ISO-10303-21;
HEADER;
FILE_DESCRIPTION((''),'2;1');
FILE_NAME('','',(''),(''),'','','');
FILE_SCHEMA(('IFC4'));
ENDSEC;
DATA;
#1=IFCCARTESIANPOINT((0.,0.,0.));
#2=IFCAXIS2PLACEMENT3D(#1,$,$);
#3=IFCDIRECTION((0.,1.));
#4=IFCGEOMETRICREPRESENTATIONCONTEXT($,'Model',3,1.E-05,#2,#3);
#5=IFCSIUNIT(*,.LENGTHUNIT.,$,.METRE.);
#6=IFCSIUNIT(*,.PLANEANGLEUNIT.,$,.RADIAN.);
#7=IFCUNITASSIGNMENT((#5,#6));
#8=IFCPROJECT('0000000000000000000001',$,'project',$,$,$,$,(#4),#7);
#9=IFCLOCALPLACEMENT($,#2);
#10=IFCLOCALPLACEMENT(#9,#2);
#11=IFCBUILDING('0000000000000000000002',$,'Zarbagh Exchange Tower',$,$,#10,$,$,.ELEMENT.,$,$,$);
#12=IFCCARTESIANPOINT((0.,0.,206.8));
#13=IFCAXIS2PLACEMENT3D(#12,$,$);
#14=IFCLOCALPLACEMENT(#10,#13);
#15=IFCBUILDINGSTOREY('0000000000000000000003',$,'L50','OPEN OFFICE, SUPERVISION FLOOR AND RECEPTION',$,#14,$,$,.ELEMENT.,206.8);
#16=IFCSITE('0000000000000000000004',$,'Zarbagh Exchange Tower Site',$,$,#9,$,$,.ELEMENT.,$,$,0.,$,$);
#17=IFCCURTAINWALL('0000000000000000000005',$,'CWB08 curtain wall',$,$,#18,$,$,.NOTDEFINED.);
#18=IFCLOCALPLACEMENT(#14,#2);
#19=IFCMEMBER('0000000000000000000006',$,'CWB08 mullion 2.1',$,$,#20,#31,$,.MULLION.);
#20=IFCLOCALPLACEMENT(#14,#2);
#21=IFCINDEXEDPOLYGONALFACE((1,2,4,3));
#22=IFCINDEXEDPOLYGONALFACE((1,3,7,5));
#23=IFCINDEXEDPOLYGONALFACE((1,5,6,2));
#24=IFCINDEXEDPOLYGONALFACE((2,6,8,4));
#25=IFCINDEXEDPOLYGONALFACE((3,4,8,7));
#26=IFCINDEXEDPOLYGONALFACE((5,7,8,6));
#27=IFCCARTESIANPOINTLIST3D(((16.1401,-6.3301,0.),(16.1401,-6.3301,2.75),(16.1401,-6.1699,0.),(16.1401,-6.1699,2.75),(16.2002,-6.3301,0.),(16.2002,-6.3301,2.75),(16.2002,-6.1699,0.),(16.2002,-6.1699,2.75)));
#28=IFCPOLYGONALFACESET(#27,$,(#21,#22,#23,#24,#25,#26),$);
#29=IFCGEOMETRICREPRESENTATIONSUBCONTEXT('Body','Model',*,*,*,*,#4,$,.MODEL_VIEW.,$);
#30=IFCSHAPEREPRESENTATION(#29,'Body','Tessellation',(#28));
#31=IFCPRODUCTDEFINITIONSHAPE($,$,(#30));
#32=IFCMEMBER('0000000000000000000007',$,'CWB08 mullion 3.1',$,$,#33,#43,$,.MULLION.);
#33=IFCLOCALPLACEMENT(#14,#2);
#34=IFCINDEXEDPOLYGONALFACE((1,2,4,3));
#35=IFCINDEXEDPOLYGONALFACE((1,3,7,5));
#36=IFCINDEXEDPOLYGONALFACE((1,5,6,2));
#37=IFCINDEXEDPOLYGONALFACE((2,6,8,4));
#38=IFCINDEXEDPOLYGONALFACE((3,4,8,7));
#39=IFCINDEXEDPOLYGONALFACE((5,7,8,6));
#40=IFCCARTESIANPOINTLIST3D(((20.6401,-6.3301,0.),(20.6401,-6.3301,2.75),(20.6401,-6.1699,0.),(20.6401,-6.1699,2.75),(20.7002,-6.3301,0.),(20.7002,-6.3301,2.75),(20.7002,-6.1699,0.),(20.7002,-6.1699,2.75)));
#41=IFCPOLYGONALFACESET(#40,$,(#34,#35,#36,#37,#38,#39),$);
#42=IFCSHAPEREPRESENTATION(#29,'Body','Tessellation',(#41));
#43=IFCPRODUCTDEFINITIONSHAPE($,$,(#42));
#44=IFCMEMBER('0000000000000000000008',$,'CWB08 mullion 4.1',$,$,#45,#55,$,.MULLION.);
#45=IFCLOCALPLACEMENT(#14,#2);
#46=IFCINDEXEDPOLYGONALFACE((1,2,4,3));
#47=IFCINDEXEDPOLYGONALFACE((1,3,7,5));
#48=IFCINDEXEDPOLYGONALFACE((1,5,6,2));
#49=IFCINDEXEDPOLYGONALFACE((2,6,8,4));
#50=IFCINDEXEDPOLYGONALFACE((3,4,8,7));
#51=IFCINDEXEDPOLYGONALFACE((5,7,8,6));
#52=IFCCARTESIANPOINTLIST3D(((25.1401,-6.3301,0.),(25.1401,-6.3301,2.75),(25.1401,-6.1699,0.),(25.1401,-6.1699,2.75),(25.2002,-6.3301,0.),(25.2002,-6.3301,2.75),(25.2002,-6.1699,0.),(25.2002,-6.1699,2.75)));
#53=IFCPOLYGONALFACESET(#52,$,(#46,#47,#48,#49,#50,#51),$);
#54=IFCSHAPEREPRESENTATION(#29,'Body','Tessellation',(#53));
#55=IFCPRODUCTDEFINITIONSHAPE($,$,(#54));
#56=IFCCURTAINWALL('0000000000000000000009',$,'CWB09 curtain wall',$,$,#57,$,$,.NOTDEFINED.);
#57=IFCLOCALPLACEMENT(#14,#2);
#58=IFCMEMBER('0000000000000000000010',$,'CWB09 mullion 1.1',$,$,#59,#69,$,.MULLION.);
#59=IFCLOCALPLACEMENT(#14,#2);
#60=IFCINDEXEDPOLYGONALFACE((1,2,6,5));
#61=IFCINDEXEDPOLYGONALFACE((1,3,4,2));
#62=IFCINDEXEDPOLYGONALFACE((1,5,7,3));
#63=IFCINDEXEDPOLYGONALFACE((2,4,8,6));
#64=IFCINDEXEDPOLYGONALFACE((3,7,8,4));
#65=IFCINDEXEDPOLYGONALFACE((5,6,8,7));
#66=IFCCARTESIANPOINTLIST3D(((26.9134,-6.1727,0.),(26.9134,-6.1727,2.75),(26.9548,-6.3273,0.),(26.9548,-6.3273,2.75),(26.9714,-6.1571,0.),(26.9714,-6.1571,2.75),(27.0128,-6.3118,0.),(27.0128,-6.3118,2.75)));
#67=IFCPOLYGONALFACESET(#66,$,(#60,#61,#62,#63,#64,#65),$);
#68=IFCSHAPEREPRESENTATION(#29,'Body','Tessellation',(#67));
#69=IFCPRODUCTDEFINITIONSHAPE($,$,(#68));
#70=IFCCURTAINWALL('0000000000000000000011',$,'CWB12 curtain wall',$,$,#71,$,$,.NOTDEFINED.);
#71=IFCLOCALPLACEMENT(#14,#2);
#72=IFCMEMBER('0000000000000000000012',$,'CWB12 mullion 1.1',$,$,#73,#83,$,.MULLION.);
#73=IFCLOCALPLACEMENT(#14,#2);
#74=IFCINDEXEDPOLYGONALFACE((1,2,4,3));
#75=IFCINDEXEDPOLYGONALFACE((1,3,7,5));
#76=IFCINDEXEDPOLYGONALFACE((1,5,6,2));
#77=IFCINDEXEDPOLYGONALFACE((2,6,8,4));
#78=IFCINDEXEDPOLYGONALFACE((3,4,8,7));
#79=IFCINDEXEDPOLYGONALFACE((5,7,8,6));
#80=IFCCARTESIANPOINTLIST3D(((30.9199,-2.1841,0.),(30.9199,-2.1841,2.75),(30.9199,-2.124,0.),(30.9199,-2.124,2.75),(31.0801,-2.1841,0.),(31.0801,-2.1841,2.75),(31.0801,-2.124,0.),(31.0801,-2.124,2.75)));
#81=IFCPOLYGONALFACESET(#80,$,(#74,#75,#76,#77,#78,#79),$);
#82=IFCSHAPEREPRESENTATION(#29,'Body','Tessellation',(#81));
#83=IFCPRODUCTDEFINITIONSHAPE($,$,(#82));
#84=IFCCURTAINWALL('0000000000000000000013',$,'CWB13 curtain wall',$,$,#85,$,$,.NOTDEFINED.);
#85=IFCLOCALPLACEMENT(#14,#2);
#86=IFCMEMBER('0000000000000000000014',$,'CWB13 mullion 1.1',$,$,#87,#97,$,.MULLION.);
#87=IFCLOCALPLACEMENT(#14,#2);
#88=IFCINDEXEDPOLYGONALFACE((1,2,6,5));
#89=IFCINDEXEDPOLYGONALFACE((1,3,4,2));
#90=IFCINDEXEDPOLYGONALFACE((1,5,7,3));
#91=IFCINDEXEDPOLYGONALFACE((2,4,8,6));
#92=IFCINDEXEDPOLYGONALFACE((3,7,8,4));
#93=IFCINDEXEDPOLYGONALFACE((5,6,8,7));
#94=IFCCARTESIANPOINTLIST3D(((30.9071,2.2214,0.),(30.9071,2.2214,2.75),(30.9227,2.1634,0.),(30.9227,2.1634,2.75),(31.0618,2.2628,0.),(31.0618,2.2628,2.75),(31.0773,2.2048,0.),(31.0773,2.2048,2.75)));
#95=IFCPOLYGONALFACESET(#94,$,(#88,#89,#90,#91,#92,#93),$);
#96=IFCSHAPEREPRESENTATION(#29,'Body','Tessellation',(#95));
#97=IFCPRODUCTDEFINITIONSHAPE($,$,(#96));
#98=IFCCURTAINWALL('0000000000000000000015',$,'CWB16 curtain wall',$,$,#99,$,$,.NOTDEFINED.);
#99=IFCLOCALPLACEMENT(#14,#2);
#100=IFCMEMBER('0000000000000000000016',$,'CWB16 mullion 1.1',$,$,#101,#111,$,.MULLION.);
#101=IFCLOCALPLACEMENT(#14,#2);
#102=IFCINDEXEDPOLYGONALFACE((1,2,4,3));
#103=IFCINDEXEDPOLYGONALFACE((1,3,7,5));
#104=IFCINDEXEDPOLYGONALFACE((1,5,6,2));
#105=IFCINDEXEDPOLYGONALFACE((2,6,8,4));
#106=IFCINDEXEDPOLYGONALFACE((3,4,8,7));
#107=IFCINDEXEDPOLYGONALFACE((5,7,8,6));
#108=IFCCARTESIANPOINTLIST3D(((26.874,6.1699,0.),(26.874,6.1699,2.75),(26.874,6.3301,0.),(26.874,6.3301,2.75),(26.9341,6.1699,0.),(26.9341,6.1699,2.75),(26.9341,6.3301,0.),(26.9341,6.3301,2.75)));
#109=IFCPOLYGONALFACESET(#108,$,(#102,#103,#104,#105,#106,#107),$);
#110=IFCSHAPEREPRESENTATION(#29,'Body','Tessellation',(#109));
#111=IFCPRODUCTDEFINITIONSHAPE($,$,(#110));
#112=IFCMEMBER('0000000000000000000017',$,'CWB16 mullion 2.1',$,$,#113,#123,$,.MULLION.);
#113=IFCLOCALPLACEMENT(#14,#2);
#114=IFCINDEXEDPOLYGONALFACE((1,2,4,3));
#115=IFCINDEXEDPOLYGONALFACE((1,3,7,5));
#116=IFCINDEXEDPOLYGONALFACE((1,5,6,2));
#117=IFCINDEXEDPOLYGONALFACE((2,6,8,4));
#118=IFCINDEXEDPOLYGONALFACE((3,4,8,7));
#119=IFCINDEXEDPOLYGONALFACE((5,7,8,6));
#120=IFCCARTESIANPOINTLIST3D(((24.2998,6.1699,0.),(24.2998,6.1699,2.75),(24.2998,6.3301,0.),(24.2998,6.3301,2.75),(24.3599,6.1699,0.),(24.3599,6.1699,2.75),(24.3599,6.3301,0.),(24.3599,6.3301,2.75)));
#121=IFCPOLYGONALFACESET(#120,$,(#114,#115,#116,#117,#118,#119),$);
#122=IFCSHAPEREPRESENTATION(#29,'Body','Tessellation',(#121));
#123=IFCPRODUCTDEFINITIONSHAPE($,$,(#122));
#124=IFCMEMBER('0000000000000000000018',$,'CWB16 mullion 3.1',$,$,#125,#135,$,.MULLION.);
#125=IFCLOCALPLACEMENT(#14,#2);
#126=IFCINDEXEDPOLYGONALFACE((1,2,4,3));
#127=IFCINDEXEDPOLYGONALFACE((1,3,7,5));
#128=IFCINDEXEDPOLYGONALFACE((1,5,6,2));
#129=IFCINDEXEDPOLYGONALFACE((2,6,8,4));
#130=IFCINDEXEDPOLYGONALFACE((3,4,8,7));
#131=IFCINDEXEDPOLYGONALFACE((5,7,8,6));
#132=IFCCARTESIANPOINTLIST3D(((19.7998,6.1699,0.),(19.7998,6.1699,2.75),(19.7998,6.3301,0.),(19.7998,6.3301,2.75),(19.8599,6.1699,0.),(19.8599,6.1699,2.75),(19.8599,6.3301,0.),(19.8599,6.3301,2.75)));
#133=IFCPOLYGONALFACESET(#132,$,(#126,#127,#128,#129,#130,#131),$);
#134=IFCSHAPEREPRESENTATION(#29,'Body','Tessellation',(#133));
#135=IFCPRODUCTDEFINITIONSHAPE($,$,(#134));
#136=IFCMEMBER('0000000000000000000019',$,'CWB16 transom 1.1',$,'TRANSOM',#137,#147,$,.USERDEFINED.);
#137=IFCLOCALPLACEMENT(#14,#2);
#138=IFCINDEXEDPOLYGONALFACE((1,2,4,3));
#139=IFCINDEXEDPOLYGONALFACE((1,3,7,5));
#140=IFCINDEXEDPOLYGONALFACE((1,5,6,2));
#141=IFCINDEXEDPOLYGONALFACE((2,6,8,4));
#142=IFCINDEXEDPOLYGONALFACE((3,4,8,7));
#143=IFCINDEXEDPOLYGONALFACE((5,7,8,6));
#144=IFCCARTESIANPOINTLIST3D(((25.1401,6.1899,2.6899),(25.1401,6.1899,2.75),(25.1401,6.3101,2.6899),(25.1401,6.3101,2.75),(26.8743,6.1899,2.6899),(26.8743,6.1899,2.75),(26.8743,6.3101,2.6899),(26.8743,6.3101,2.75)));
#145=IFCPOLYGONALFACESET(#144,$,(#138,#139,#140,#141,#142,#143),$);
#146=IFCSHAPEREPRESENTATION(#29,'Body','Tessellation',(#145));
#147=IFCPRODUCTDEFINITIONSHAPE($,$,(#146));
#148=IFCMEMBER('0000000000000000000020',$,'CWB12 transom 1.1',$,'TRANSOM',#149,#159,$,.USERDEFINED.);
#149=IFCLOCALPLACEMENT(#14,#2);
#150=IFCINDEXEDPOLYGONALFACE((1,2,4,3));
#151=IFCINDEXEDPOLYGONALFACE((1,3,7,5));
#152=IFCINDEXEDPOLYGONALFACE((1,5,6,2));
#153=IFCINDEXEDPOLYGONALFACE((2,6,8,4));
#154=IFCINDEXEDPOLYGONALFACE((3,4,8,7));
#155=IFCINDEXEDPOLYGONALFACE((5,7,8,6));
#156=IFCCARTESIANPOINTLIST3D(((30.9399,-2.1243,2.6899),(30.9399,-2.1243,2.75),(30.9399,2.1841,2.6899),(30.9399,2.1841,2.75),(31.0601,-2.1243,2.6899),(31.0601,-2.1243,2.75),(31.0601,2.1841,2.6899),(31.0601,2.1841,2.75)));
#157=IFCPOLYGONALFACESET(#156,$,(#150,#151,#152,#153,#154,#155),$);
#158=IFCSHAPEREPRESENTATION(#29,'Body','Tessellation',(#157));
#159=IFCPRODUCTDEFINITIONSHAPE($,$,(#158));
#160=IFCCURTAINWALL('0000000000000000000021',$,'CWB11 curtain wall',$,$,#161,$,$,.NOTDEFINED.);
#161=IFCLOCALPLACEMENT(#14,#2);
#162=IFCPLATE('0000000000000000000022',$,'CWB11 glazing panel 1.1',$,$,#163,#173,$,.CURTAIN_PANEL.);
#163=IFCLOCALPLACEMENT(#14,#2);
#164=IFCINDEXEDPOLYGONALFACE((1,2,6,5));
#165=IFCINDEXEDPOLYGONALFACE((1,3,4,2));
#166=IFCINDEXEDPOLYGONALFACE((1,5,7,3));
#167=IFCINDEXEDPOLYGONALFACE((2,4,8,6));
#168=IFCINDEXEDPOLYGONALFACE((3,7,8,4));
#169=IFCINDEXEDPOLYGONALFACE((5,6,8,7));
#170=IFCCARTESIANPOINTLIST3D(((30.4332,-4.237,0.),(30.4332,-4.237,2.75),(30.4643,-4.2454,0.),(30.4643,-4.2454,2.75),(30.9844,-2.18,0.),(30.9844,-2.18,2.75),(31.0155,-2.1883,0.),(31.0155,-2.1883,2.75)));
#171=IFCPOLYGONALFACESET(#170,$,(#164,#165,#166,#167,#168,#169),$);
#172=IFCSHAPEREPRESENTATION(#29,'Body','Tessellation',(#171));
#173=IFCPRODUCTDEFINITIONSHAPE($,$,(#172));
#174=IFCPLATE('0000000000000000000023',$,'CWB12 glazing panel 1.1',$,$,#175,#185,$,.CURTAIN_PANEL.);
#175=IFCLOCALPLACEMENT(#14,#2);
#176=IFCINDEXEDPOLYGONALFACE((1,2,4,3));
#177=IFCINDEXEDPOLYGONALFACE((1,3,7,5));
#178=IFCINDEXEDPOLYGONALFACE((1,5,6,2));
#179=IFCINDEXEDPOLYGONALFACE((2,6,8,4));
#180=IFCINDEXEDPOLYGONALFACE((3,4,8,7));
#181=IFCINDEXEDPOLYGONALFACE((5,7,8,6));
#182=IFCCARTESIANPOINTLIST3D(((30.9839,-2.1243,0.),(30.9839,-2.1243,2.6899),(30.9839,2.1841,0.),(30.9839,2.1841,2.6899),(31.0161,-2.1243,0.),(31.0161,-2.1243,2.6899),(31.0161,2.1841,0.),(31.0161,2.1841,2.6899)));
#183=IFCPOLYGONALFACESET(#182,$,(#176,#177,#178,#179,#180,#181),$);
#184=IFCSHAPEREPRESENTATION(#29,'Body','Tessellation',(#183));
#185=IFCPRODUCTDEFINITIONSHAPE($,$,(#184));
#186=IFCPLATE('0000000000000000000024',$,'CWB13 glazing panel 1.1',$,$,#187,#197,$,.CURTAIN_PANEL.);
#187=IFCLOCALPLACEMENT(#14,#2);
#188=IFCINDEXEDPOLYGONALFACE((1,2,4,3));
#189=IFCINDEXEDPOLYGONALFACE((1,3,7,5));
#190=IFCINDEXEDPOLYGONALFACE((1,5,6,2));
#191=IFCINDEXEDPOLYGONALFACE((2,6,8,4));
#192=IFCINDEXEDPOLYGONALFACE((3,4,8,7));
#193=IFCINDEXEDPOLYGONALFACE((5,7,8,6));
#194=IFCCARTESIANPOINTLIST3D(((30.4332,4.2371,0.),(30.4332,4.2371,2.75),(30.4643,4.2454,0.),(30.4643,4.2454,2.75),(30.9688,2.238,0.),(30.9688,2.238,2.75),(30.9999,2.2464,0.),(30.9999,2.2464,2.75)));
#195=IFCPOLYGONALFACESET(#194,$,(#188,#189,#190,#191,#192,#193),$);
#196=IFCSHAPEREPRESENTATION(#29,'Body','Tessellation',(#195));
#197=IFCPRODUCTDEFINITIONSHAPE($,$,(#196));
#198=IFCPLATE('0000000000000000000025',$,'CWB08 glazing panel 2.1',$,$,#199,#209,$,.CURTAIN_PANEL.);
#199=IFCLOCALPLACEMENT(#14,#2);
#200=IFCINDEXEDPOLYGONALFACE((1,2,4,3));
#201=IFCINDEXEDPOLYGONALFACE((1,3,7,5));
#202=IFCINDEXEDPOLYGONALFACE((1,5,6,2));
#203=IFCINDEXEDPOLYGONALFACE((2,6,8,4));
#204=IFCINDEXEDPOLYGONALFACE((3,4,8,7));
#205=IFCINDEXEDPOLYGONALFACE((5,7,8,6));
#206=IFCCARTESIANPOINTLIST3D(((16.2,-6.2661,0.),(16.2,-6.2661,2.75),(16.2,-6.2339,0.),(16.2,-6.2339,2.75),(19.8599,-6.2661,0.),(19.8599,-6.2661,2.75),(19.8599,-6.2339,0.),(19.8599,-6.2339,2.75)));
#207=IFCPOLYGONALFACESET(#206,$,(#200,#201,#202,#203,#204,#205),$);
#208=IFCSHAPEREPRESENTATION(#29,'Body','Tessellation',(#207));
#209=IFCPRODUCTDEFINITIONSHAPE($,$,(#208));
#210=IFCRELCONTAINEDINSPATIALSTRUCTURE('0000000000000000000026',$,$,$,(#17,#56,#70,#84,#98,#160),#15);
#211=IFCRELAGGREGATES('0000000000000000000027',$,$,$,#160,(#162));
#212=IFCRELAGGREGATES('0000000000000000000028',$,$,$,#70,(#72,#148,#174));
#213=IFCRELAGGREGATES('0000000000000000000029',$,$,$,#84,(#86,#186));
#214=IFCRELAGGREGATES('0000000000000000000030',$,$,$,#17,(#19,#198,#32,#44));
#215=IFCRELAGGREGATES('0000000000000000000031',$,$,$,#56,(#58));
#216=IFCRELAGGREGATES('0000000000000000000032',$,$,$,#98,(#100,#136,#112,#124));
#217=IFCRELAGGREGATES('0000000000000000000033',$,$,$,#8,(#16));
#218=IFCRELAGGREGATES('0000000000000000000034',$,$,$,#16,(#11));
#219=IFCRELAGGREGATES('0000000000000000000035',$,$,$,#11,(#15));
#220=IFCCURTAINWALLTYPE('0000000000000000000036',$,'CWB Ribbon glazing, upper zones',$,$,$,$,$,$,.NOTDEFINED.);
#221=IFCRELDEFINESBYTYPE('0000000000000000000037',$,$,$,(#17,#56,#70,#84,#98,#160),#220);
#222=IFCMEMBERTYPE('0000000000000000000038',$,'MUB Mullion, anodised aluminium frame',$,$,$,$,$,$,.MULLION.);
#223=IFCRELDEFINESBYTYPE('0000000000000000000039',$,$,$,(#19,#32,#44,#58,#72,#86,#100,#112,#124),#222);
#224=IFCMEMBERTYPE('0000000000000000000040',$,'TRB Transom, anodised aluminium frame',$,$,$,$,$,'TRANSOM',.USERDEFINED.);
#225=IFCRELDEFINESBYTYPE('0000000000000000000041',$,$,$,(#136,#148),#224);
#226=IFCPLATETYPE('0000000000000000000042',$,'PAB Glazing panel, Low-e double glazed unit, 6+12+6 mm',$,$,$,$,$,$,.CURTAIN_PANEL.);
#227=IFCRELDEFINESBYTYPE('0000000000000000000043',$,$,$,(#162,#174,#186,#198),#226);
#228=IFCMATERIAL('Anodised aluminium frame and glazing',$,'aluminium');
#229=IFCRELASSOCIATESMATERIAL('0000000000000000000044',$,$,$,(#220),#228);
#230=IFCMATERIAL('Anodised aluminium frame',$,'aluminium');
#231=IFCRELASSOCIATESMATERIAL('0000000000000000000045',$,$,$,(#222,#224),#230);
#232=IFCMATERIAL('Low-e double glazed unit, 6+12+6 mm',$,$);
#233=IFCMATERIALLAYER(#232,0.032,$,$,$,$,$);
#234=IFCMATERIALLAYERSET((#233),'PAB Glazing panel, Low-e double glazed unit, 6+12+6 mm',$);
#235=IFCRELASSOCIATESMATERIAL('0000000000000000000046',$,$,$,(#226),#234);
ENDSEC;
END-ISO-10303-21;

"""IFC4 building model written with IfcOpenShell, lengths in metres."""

from ifc_helpers import new_model, si_unit, direction, frame, origin, place, context, subcontext, project, spatial, polyline, outline, extrude, source, transform, mapped, material, layer, layer_set, type_object, element, aggregate, save


model = new_model("IFC4")

# Units and contexts
model_context = context("Model", 3, precision=1e-05, world=origin(), true_north=direction((0.0, 1.0)))
body_context = subcontext(model_context, "Body", "Model", "MODEL_VIEW")
ifc_project = project(units=[si_unit("LENGTHUNIT", "METRE"), si_unit("PLANEANGLEUNIT", "RADIAN")], contexts=[model_context])

# Site, building, storey
site_placement = place(None, origin())
site = spatial("IfcSite", under=ifc_project, at=site_placement, Name="Zarbagh Exchange Tower Site", CompositionType="ELEMENT", RefElevation=0.0)
building_placement = place(site_placement, origin())
building = spatial("IfcBuilding", under=site, at=building_placement, Name="Zarbagh Exchange Tower", CompositionType="ELEMENT")
storey_placement = place(building_placement, frame((0.0, 0.0, 206.8)))
storey = spatial("IfcBuildingStorey", under=building, at=storey_placement, Name="L50", Description="OPEN OFFICE, SUPERVISION FLOOR AND RECEPTION", CompositionType="ELEMENT", Elevation=206.8)

# Curtain wall, members
ifc_material_1 = material(Name="Anodised aluminium frame and glazing", Category="aluminium")
curtain_wall_type = type_object("IfcCurtainWallType", Name="CWB Ribbon glazing, upper zones", PredefinedType="NOTDEFINED", material=ifc_material_1)
curtain_wall_1_placement = place(storey_placement, origin())
curtain_wall_1 = element("IfcCurtainWall", 1, at=curtain_wall_1_placement, inside=storey, type_object=curtain_wall_type, Name="CWB08 curtain wall", PredefinedType="NOTDEFINED")
ifc_material_2 = material(Name="Anodised aluminium frame", Category="aluminium")
member_type_1 = type_object("IfcMemberType", Name="MUB Mullion, anodised aluminium frame", PredefinedType="MULLION", material=ifc_material_2)
shared_shape_1 = source(origin(), body_context, "Body", "SweptSolid", [
    extrude(outline(polyline([(0.0, -0.0801), (0.0601, -0.0801), (0.0601, 0.0801), (0.0, 0.0801), (0.0, -0.0801)])), origin(), (0.0, 0.0, 1.0), 2.75),
])
placement = place(storey_placement, origin())
member_1 = element("IfcMember", 2, at=placement, type_object=member_type_1, Name="CWB08 mullion 2.1", PredefinedType="MULLION", context=body_context, shape_type="MappedRepresentation", body=[
    mapped(shared_shape_1, transform((16.1401, -6.25, 0.0), x_axis=(1.0, 0.0, 0.0), y_axis=(0.0, 1.0, 0.0), z_axis=(0.0, 0.0, 1.0))),
])
member_2 = element("IfcMember", 3, at=placement, type_object=member_type_1, Name="CWB08 mullion 3.1", PredefinedType="MULLION", context=body_context, shape_type="MappedRepresentation", body=[
    mapped(shared_shape_1, transform((20.6401, -6.25, 0.0), x_axis=(1.0, 0.0, 0.0), y_axis=(0.0, 1.0, 0.0), z_axis=(0.0, 0.0, 1.0))),
])
member_3 = element("IfcMember", 4, at=placement, type_object=member_type_1, Name="CWB08 mullion 4.1", PredefinedType="MULLION", context=body_context, shape_type="MappedRepresentation", body=[
    mapped(shared_shape_1, transform((25.1401, -6.25, 0.0), x_axis=(1.0, 0.0, 0.0), y_axis=(0.0, 1.0, 0.0), z_axis=(0.0, 0.0, 1.0))),
])

# Curtain walls, members
curtain_wall_2_placement = place(storey_placement, origin())
curtain_wall_2 = element("IfcCurtainWall", 5, at=curtain_wall_2_placement, inside=storey, type_object=curtain_wall_type, Name="CWB09 curtain wall", PredefinedType="NOTDEFINED")
member_4 = element("IfcMember", 6, at=placement, type_object=member_type_1, Name="CWB09 mullion 1.1", PredefinedType="MULLION", context=body_context, shape_type="MappedRepresentation", body=[
    mapped(shared_shape_1, transform((26.9341, -6.25, 0.0), x_axis=(0.965924, 0.258825, 0.0), y_axis=(-0.258825, 0.965924, 0.0), z_axis=(0.0, 0.0, 1.0))),
])
curtain_wall_3_placement = place(storey_placement, origin())
curtain_wall_3 = element("IfcCurtainWall", 7, at=curtain_wall_3_placement, inside=storey, type_object=curtain_wall_type, Name="CWB12 curtain wall", PredefinedType="NOTDEFINED")
member_5 = element("IfcMember", 8, at=placement, type_object=member_type_1, Name="CWB12 mullion 1.1", PredefinedType="MULLION", context=body_context, shape_type="MappedRepresentation", body=[
    mapped(shared_shape_1, transform((31.0, -2.1841, 0.0), x_axis=(0.0, 1.0, 0.0), y_axis=(-1.0, 0.0, 0.0), z_axis=(0.0, 0.0, 1.0))),
])
curtain_wall_4_placement = place(storey_placement, origin())
curtain_wall_4 = element("IfcCurtainWall", 9, at=curtain_wall_4_placement, inside=storey, type_object=curtain_wall_type, Name="CWB13 curtain wall", PredefinedType="NOTDEFINED")
member_6 = element("IfcMember", 10, at=placement, type_object=member_type_1, Name="CWB13 mullion 1.1", PredefinedType="MULLION", context=body_context, shape_type="MappedRepresentation", body=[
    mapped(shared_shape_1, transform((31.0, 2.1841, 0.0), x_axis=(-0.258825, 0.965924, 0.0), y_axis=(-0.965924, -0.258825, 0.0), z_axis=(0.0, 0.0, 1.0))),
])

# Curtain wall, members
curtain_wall_5_placement = place(storey_placement, origin())
curtain_wall_5 = element("IfcCurtainWall", 11, at=curtain_wall_5_placement, inside=storey, type_object=curtain_wall_type, Name="CWB16 curtain wall", PredefinedType="NOTDEFINED")
member_7 = element("IfcMember", 12, at=placement, type_object=member_type_1, Name="CWB16 mullion 1.1", PredefinedType="MULLION", context=body_context, shape_type="MappedRepresentation", body=[
    mapped(shared_shape_1, transform((26.9341, 6.25, 0.0), x_axis=(-1.0, 0.0, 0.0), y_axis=(0.0, -1.0, 0.0), z_axis=(0.0, 0.0, 1.0))),
])
member_8 = element("IfcMember", 13, at=placement, type_object=member_type_1, Name="CWB16 mullion 2.1", PredefinedType="MULLION", context=body_context, shape_type="MappedRepresentation", body=[
    mapped(shared_shape_1, transform((24.3599, 6.25, 0.0), x_axis=(-1.0, 0.0, 0.0), y_axis=(0.0, -1.0, 0.0), z_axis=(0.0, 0.0, 1.0))),
])
member_9 = element("IfcMember", 14, at=placement, type_object=member_type_1, Name="CWB16 mullion 3.1", PredefinedType="MULLION", context=body_context, shape_type="MappedRepresentation", body=[
    mapped(shared_shape_1, transform((19.8599, 6.25, 0.0), x_axis=(-1.0, 0.0, 0.0), y_axis=(0.0, -1.0, 0.0), z_axis=(0.0, 0.0, 1.0))),
])
member_type_2 = type_object("IfcMemberType", Name="TRB Transom, anodised aluminium frame", ElementType="TRANSOM", PredefinedType="USERDEFINED", material=ifc_material_2)
shared_shape_2 = source(origin(), body_context, "Body", "SweptSolid", [
    extrude(outline(polyline([(-0.0601, -0.0601), (0.0, -0.0601), (0.0, 0.0601), (-0.0601, 0.0601), (-0.0601, -0.0601)])), origin(), (0.0, 0.0, 1.0), 1.7341),
])
member_10 = element("IfcMember", 15, at=placement, type_object=member_type_2, Name="CWB16 transom 1.1", ObjectType="TRANSOM", PredefinedType="USERDEFINED", context=body_context, shape_type="MappedRepresentation", body=[
    mapped(shared_shape_2, transform((26.8743, 6.25, 2.75), x_axis=(0.0, 0.0, 1.0), y_axis=(0.0, 1.0, 0.0), z_axis=(-1.0, 0.0, 0.0))),
])

# Member
shared_shape_3 = source(origin(), body_context, "Body", "SweptSolid", [
    extrude(outline(polyline([(-0.0601, -0.0601), (0.0, -0.0601), (0.0, 0.0601), (-0.0601, 0.0601), (-0.0601, -0.0601)])), origin(), (0.0, 0.0, 1.0), 4.3083),
])
member_11 = element("IfcMember", 16, at=placement, type_object=member_type_2, Name="CWB12 transom 1.1", ObjectType="TRANSOM", PredefinedType="USERDEFINED", context=body_context, shape_type="MappedRepresentation", body=[
    mapped(shared_shape_3, transform((31.0, -2.1243, 2.75), x_axis=(0.0, 0.0, 1.0), y_axis=(1.0, 0.0, 0.0), z_axis=(0.0, 1.0, 0.0))),
])

# Curtain wall, plate
curtain_wall_6_placement = place(storey_placement, origin())
curtain_wall_6 = element("IfcCurtainWall", 17, at=curtain_wall_6_placement, inside=storey, type_object=curtain_wall_type, Name="CWB11 curtain wall", PredefinedType="NOTDEFINED")
ifc_material_3 = material(Name="Low-e double glazed unit, 6+12+6 mm")
ifc_layer = layer(ifc_material_3, 0.032)
ifc_layer_set = layer_set([ifc_layer], Name="PAB Glazing panel, Low-e double glazed unit, 6+12+6 mm")
plate_type = type_object("IfcPlateType", Name="PAB Glazing panel, Low-e double glazed unit, 6+12+6 mm", PredefinedType="CURTAIN_PANEL", material=ifc_layer_set)
shared_shape_4 = source(origin(), body_context, "Body", "SweptSolid", [
    extrude(outline(polyline([(0.0, -0.0161), (2.1296, -0.0161), (2.1296, 0.0161), (0.0, 0.0161), (0.0, -0.0161)])), origin(), (0.0, 0.0, 1.0), 2.75),
])
plate_1 = element("IfcPlate", 18, at=placement, type_object=plate_type, Name="CWB11 glazing panel 1.1", PredefinedType="CURTAIN_PANEL", context=body_context, shape_type="MappedRepresentation", body=[
    mapped(shared_shape_4, transform((30.4487, -4.2412, 0.0), x_axis=(0.258825, 0.965924, 0.0), y_axis=(-0.965924, 0.258825, 0.0), z_axis=(0.0, 0.0, 1.0))),
])
aggregate(curtain_wall_6, [plate_1])

# Plates
shared_shape_5 = source(origin(), body_context, "Body", "SweptSolid", [
    extrude(outline(polyline([(0.0, -0.0161), (4.3083, -0.0161), (4.3083, 0.0161), (0.0, 0.0161), (0.0, -0.0161)])), origin(), (0.0, 0.0, 1.0), 2.6899),
])
plate_2 = element("IfcPlate", 19, at=placement, type_object=plate_type, Name="CWB12 glazing panel 1.1", PredefinedType="CURTAIN_PANEL", context=body_context, shape_type="MappedRepresentation", body=[
    mapped(shared_shape_5, transform((31.0, -2.1243, 0.0), x_axis=(0.0, 1.0, 0.0), y_axis=(-1.0, 0.0, 0.0), z_axis=(0.0, 0.0, 1.0))),
])
aggregate(curtain_wall_3, [member_5, member_11, plate_2])
shared_shape_6 = source(origin(), body_context, "Body", "SweptSolid", [
    extrude(outline(polyline([(0.0, -0.0161), (2.0696, -0.0161), (2.0696, 0.0161), (0.0, 0.0161), (0.0, -0.0161)])), origin(), (0.0, 0.0, 1.0), 2.75),
])
plate_3 = element("IfcPlate", 20, at=placement, type_object=plate_type, Name="CWB13 glazing panel 1.1", PredefinedType="CURTAIN_PANEL", context=body_context, shape_type="MappedRepresentation", body=[
    mapped(shared_shape_6, transform((30.9844, 2.2422, 0.0), x_axis=(-0.258825, 0.965924, 0.0), y_axis=(-0.965924, -0.258825, 0.0), z_axis=(0.0, 0.0, 1.0))),
])
aggregate(curtain_wall_4, [member_6, plate_3])
shared_shape_7 = source(origin(), body_context, "Body", "SweptSolid", [
    extrude(outline(polyline([(0.0, -0.0161), (3.6599, -0.0161), (3.6599, 0.0161), (0.0, 0.0161), (0.0, -0.0161)])), origin(), (0.0, 0.0, 1.0), 2.75),
])
plate_4 = element("IfcPlate", 21, at=placement, type_object=plate_type, Name="CWB08 glazing panel 2.1", PredefinedType="CURTAIN_PANEL", context=body_context, shape_type="MappedRepresentation", body=[
    mapped(shared_shape_7, transform((16.2, -6.25, 0.0), x_axis=(1.0, 0.0, 0.0), y_axis=(0.0, 1.0, 0.0), z_axis=(0.0, 0.0, 1.0))),
])
aggregate(curtain_wall_1, [member_1, plate_4, member_2, member_3])
aggregate(curtain_wall_2, [member_4])

aggregate(curtain_wall_5, [member_7, member_10, member_8, member_9])

save(model, "model.ifc")
